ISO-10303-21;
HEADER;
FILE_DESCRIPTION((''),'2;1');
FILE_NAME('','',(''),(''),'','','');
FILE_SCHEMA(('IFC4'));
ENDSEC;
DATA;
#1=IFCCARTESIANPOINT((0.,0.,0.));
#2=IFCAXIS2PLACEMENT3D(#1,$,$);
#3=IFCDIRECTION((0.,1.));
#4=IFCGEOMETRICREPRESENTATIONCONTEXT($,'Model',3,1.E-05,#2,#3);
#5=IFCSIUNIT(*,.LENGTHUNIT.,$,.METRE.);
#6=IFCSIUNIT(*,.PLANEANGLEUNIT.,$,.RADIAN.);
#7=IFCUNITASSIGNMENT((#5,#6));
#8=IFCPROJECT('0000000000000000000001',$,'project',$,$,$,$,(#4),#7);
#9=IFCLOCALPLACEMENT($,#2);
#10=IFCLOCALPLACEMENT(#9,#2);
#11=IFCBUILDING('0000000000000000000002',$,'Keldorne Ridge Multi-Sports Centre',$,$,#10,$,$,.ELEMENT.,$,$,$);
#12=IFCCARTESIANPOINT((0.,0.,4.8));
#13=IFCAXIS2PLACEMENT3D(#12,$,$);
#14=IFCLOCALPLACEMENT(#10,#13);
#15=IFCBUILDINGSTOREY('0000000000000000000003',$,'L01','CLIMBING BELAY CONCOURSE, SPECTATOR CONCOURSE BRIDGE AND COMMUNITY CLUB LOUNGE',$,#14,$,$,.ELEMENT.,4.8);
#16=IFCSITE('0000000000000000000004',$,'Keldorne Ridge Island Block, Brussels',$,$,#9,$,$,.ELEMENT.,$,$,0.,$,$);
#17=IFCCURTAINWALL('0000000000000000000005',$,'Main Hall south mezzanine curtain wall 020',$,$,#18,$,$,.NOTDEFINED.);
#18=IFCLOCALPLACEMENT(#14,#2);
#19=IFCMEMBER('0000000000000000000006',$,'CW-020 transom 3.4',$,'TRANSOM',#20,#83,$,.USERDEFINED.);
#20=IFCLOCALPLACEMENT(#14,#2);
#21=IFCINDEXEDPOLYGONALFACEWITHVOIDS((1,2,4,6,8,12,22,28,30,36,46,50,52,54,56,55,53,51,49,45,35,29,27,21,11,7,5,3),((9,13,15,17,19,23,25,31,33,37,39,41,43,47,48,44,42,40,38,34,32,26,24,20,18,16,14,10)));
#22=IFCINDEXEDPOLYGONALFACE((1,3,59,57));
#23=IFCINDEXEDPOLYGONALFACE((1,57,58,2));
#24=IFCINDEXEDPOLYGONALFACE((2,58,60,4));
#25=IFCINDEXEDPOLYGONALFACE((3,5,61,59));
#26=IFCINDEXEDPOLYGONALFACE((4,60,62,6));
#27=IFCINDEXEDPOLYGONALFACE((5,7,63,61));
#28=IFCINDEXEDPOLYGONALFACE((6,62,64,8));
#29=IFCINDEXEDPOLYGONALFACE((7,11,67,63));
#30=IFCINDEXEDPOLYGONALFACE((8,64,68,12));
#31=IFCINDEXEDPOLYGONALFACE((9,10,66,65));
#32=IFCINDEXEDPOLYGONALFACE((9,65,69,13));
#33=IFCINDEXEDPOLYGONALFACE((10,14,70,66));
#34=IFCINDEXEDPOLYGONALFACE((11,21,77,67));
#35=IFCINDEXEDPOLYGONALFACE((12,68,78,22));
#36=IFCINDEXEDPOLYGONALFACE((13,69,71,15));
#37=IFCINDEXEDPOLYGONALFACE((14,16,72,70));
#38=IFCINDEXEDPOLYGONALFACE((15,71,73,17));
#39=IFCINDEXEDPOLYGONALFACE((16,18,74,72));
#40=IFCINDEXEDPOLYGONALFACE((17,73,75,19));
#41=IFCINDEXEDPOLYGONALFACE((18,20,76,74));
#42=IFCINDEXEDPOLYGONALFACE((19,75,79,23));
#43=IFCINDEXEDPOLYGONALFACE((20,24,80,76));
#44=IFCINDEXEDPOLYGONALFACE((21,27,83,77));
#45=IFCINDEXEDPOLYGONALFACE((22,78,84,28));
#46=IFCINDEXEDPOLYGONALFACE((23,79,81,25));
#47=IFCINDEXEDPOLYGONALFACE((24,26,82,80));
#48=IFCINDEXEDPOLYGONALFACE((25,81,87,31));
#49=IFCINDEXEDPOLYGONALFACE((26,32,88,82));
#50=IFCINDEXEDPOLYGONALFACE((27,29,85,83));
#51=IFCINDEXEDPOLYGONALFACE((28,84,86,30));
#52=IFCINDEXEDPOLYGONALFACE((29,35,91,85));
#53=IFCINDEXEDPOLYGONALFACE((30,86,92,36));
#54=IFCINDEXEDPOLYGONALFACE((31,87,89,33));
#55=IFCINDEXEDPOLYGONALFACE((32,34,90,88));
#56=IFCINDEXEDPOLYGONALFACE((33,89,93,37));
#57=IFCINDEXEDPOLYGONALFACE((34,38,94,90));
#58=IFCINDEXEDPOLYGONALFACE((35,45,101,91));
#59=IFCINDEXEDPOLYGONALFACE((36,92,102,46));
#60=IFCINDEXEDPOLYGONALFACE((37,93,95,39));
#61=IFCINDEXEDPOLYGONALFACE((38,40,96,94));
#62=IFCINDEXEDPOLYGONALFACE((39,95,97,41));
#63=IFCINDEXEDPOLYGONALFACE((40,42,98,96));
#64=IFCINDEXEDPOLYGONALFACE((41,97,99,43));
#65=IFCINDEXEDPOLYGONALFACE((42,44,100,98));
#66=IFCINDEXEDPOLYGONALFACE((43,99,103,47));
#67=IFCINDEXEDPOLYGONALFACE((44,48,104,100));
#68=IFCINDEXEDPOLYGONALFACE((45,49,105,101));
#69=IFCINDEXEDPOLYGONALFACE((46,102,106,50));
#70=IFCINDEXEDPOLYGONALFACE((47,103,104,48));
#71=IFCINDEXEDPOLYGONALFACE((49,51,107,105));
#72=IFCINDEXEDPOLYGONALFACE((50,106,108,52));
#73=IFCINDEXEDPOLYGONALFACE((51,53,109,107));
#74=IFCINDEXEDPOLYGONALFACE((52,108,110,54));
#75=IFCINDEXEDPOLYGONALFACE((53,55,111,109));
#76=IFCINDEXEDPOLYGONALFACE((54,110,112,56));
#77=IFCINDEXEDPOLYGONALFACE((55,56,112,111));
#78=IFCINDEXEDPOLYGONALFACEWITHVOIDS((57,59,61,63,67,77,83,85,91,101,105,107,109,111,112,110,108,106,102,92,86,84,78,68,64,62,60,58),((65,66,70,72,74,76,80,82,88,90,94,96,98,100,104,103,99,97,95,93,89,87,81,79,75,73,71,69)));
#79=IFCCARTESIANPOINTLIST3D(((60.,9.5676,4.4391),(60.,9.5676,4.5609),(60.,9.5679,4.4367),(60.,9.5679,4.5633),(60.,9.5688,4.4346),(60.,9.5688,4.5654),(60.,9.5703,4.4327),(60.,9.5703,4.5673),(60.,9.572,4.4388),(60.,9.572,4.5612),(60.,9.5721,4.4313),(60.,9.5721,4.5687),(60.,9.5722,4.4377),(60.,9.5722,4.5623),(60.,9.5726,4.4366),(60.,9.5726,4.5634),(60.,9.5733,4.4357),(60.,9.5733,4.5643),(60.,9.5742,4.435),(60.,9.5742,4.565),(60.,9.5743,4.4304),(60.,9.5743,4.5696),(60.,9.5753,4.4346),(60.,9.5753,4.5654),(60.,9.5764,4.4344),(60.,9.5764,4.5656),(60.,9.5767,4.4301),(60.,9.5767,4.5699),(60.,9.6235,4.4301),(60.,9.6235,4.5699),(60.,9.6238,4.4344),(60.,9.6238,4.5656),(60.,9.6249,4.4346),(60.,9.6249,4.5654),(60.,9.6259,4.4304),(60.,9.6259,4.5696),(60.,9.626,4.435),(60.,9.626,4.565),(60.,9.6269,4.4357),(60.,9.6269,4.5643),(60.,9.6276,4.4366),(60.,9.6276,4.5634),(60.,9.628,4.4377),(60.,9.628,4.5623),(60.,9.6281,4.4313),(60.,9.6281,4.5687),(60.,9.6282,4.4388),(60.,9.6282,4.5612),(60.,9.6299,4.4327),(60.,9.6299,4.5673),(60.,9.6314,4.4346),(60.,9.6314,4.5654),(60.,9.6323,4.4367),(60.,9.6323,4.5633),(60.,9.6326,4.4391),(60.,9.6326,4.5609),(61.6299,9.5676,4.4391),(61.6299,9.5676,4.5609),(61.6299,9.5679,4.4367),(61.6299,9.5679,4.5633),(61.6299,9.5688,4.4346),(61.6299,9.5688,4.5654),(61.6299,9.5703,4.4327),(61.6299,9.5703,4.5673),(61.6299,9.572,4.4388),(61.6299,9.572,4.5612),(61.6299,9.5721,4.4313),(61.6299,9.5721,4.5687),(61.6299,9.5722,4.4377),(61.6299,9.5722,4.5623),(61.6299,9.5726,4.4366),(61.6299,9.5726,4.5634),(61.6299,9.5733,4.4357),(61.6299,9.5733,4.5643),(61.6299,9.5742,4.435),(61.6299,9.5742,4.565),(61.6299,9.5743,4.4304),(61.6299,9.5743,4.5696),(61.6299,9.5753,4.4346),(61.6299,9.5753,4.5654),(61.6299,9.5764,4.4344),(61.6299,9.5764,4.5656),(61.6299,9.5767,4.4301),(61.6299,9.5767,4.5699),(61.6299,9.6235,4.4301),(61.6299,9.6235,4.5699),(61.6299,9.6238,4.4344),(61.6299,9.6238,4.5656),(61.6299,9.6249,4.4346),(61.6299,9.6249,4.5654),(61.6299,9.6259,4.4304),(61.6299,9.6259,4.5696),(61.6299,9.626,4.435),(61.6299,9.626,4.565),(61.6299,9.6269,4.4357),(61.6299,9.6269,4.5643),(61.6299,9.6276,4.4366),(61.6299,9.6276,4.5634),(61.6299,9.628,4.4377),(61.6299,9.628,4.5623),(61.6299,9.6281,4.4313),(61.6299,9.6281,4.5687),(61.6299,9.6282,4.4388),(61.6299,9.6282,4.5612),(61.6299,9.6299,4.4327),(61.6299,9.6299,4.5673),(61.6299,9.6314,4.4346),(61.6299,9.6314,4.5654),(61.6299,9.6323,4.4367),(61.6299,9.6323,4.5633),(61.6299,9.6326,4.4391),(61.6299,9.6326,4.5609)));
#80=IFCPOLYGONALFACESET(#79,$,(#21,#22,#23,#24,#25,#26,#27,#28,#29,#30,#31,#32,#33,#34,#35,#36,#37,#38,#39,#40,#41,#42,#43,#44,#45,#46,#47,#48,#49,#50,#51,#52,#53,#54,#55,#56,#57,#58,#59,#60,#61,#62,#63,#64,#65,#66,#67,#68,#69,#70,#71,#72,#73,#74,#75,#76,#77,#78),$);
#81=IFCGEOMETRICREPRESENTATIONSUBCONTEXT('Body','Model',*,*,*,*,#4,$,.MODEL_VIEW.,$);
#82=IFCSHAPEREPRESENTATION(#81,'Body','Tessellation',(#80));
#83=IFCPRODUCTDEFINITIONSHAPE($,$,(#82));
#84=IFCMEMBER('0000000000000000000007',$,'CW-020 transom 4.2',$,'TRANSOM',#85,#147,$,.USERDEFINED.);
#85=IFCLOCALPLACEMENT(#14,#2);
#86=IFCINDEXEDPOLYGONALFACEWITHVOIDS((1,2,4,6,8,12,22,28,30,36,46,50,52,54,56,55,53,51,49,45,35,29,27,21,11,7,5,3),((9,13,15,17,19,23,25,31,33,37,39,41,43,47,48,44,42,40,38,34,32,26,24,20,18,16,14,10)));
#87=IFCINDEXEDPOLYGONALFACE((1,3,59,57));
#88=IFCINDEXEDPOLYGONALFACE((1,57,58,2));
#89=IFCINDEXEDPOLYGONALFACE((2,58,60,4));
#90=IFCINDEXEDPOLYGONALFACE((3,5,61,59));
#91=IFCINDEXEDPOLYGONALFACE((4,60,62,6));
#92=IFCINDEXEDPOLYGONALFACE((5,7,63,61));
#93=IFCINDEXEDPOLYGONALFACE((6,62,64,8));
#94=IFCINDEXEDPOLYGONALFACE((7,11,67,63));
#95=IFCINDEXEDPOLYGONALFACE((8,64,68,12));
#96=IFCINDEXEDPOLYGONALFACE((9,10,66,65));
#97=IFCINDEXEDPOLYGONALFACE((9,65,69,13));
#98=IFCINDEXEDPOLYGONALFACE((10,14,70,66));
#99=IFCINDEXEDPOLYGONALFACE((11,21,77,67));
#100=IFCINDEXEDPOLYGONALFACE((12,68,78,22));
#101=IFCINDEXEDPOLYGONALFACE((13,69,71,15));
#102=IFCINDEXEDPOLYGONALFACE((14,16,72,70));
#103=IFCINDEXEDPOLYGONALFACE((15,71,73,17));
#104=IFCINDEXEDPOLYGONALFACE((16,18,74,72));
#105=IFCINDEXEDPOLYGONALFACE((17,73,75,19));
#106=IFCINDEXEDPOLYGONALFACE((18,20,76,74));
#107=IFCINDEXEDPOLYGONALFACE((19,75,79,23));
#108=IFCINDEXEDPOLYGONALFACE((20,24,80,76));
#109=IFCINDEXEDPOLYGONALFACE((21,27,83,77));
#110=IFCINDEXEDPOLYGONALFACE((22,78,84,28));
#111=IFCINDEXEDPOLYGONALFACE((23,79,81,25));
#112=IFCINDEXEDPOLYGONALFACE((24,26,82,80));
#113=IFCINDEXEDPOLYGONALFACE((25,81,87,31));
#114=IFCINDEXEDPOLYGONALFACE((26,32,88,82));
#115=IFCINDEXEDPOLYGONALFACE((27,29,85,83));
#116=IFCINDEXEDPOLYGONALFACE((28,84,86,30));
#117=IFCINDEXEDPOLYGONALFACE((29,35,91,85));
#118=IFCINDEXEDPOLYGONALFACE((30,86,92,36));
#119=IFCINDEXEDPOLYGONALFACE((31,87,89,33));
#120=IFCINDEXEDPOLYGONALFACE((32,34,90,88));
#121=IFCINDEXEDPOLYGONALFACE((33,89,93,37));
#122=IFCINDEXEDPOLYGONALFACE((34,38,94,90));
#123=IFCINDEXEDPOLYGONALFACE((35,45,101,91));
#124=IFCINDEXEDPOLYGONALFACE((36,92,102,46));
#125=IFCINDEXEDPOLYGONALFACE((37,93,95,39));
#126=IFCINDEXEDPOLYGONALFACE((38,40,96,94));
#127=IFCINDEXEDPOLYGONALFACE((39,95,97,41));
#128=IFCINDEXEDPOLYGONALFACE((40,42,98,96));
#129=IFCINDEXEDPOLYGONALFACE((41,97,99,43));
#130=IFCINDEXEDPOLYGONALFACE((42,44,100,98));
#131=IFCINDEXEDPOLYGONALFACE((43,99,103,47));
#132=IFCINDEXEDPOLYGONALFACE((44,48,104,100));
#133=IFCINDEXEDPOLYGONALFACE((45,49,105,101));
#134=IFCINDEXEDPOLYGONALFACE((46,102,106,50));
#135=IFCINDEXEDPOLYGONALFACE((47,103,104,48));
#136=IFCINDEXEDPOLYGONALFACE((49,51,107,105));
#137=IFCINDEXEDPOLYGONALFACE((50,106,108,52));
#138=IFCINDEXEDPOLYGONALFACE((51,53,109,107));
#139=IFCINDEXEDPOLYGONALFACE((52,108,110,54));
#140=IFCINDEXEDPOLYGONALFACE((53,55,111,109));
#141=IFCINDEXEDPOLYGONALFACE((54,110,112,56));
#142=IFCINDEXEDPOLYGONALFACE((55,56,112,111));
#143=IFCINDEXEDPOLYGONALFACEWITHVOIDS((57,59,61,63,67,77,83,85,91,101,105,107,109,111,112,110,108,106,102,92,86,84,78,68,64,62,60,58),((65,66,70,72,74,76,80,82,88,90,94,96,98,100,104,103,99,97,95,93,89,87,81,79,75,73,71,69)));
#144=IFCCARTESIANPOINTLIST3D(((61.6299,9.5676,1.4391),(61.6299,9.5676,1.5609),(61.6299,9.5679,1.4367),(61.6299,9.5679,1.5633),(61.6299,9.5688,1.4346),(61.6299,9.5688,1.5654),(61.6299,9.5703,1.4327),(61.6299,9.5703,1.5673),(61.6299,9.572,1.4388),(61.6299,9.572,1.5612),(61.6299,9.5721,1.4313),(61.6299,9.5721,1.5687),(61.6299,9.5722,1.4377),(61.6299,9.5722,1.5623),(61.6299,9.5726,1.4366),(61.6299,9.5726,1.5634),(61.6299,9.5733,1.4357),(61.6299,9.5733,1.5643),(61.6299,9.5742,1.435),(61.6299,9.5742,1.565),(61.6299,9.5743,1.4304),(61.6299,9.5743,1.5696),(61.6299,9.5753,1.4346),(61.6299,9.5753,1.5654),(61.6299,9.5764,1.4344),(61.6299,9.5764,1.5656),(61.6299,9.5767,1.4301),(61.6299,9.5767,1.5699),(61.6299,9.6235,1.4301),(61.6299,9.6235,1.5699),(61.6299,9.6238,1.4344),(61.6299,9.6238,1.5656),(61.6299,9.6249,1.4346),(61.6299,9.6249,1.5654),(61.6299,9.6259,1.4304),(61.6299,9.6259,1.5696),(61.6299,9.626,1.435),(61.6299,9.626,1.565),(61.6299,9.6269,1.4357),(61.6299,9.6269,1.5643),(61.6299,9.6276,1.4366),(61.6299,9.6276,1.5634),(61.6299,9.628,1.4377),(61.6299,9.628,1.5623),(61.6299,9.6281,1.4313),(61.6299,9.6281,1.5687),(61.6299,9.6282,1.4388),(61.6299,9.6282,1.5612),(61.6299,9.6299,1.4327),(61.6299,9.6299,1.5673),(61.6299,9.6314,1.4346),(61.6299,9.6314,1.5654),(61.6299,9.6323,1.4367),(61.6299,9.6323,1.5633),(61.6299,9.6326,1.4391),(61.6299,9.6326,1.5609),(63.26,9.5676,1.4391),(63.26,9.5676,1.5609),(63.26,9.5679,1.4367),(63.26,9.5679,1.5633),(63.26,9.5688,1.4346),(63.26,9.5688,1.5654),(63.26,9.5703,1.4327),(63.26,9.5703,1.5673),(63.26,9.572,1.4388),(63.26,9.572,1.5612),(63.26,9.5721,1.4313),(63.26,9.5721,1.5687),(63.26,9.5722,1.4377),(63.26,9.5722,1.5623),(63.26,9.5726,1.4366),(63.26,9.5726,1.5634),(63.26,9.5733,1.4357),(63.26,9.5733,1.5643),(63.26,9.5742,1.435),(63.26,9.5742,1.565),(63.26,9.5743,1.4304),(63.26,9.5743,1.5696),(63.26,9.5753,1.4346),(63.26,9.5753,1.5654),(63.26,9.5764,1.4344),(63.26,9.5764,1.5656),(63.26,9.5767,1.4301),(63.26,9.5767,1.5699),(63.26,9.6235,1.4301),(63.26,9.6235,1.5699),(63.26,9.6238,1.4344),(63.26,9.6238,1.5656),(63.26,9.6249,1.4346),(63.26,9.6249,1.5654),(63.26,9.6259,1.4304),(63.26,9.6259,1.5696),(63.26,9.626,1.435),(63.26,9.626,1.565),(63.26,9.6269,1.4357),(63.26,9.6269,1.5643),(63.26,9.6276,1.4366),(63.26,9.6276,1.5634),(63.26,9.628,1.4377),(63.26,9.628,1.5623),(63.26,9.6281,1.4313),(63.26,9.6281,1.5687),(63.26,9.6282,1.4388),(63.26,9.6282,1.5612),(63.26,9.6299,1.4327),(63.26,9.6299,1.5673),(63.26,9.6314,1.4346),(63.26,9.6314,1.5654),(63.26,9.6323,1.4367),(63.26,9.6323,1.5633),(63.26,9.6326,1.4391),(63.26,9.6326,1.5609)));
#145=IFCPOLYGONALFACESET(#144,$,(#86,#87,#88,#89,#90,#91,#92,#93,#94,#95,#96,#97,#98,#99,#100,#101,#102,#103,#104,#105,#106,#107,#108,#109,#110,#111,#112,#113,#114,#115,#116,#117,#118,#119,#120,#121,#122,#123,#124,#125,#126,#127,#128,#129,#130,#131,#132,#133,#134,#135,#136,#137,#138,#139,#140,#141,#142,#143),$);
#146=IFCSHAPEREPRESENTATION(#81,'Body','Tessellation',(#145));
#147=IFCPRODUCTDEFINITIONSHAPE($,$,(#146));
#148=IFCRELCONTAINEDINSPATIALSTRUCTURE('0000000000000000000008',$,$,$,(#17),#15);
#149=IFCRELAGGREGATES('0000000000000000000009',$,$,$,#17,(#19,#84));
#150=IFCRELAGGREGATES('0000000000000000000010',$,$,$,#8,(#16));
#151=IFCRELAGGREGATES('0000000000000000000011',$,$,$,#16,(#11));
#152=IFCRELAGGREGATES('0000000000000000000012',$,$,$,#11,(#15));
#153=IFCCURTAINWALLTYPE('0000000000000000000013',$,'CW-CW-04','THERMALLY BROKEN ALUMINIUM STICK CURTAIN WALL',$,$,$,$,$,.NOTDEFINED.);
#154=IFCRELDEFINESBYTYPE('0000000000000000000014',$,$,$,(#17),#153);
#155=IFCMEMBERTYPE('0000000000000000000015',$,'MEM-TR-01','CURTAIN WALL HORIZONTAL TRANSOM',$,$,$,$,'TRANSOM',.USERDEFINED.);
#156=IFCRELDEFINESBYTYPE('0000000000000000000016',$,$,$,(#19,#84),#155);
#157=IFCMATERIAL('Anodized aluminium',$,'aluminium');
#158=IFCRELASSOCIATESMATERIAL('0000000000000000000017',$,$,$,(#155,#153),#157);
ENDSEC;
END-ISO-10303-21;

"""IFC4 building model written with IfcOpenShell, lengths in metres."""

from ifc_helpers import new_model, si_unit, direction, frame, origin, origin_2d, place, context, subcontext, project, spatial, hollow_rectangle, extrude, material, material_profile, profile_set, type_object, element, aggregate, save


model = new_model("IFC4")

# Units and contexts
model_context = context("Model", 3, precision=1e-05, world=origin(), true_north=direction((0.0, 1.0)))
body_context = subcontext(model_context, "Body", "Model", "MODEL_VIEW")
ifc_project = project(units=[si_unit("LENGTHUNIT", "METRE"), si_unit("PLANEANGLEUNIT", "RADIAN")], contexts=[model_context])

# Site, building, storey
site_placement = place(None, origin())
site = spatial("IfcSite", under=ifc_project, at=site_placement, Name="Keldorne Ridge Island Block, Brussels", CompositionType="ELEMENT", RefElevation=0.0)
building_placement = place(site_placement, origin())
building = spatial("IfcBuilding", under=site, at=building_placement, Name="Keldorne Ridge Multi-Sports Centre", CompositionType="ELEMENT")
storey_placement = place(building_placement, frame((0.0, 0.0, 4.8)))
storey = spatial("IfcBuildingStorey", under=building, at=storey_placement, Name="L01", Description="CLIMBING BELAY CONCOURSE, SPECTATOR CONCOURSE BRIDGE AND COMMUNITY CLUB LOUNGE", CompositionType="ELEMENT", Elevation=4.8)

# Curtain wall, members
ifc_material_1 = material(Name="Anodized aluminium", Category="aluminium")
ifc_material_profile_1 = material_profile(ifc_material_1, hollow_rectangle(XDim=0.0649, YDim=0.1399, WallThickness=0.0044, InnerFilletRadius=0.0044, OuterFilletRadius=0.009, at=origin_2d()), Name="ALU TRANSOM 140x65x4.5")
ifc_profile_set_1 = profile_set([ifc_material_profile_1], Name="Anodized aluminium")
member_type = type_object("IfcMemberType", Name="MEM-TR-01", Description="CURTAIN WALL HORIZONTAL TRANSOM", ElementType="TRANSOM", PredefinedType="USERDEFINED", material=ifc_profile_set_1)
curtain_wall_type_1 = type_object("IfcCurtainWallType", Name="CW-CW-04", Description="THERMALLY BROKEN ALUMINIUM STICK CURTAIN WALL", PredefinedType="NOTDEFINED", material=ifc_material_1)
curtain_wall_1_placement = place(storey_placement, origin())
curtain_wall_1 = element("IfcCurtainWall", 1, at=curtain_wall_1_placement, inside=storey, type_object=curtain_wall_type_1, Name="Main Hall south mezzanine curtain wall 020", PredefinedType="NOTDEFINED")
member_1_placement = place(storey_placement, frame((60.0, 9.6001, 4.5), z_axis=(1.0, 0.0, 0.0), x_axis=(0.0, 1.0, 0.0)))
member_1 = element("IfcMember", 2, at=member_1_placement, type_object=member_type, Name="CW-020 transom 3.4", ObjectType="TRANSOM", PredefinedType="USERDEFINED", context=body_context, shape_type="SweptSolid", body=[
    extrude(hollow_rectangle(XDim=0.0649, YDim=0.1399, WallThickness=0.0044, InnerFilletRadius=0.0044, OuterFilletRadius=0.009, at=origin_2d()), origin(), (0.0, 0.0, 1.0), 1.6299),
])
member_2_placement = place(storey_placement, frame((61.6299, 9.6001, 1.5), z_axis=(1.0, 0.0, 0.0), x_axis=(0.0, 1.0, 0.0)))
member_2 = element("IfcMember", 3, at=member_2_placement, type_object=member_type, Name="CW-020 transom 4.2", ObjectType="TRANSOM", PredefinedType="USERDEFINED", context=body_context, shape_type="SweptSolid", body=[
    extrude(hollow_rectangle(XDim=0.0649, YDim=0.1399, WallThickness=0.0044, InnerFilletRadius=0.0044, OuterFilletRadius=0.009, at=origin_2d()), origin(), (0.0, 0.0, 1.0), 1.6301),
])

aggregate(curtain_wall_1, [member_1, member_2])

save(model, "model.ifc")
